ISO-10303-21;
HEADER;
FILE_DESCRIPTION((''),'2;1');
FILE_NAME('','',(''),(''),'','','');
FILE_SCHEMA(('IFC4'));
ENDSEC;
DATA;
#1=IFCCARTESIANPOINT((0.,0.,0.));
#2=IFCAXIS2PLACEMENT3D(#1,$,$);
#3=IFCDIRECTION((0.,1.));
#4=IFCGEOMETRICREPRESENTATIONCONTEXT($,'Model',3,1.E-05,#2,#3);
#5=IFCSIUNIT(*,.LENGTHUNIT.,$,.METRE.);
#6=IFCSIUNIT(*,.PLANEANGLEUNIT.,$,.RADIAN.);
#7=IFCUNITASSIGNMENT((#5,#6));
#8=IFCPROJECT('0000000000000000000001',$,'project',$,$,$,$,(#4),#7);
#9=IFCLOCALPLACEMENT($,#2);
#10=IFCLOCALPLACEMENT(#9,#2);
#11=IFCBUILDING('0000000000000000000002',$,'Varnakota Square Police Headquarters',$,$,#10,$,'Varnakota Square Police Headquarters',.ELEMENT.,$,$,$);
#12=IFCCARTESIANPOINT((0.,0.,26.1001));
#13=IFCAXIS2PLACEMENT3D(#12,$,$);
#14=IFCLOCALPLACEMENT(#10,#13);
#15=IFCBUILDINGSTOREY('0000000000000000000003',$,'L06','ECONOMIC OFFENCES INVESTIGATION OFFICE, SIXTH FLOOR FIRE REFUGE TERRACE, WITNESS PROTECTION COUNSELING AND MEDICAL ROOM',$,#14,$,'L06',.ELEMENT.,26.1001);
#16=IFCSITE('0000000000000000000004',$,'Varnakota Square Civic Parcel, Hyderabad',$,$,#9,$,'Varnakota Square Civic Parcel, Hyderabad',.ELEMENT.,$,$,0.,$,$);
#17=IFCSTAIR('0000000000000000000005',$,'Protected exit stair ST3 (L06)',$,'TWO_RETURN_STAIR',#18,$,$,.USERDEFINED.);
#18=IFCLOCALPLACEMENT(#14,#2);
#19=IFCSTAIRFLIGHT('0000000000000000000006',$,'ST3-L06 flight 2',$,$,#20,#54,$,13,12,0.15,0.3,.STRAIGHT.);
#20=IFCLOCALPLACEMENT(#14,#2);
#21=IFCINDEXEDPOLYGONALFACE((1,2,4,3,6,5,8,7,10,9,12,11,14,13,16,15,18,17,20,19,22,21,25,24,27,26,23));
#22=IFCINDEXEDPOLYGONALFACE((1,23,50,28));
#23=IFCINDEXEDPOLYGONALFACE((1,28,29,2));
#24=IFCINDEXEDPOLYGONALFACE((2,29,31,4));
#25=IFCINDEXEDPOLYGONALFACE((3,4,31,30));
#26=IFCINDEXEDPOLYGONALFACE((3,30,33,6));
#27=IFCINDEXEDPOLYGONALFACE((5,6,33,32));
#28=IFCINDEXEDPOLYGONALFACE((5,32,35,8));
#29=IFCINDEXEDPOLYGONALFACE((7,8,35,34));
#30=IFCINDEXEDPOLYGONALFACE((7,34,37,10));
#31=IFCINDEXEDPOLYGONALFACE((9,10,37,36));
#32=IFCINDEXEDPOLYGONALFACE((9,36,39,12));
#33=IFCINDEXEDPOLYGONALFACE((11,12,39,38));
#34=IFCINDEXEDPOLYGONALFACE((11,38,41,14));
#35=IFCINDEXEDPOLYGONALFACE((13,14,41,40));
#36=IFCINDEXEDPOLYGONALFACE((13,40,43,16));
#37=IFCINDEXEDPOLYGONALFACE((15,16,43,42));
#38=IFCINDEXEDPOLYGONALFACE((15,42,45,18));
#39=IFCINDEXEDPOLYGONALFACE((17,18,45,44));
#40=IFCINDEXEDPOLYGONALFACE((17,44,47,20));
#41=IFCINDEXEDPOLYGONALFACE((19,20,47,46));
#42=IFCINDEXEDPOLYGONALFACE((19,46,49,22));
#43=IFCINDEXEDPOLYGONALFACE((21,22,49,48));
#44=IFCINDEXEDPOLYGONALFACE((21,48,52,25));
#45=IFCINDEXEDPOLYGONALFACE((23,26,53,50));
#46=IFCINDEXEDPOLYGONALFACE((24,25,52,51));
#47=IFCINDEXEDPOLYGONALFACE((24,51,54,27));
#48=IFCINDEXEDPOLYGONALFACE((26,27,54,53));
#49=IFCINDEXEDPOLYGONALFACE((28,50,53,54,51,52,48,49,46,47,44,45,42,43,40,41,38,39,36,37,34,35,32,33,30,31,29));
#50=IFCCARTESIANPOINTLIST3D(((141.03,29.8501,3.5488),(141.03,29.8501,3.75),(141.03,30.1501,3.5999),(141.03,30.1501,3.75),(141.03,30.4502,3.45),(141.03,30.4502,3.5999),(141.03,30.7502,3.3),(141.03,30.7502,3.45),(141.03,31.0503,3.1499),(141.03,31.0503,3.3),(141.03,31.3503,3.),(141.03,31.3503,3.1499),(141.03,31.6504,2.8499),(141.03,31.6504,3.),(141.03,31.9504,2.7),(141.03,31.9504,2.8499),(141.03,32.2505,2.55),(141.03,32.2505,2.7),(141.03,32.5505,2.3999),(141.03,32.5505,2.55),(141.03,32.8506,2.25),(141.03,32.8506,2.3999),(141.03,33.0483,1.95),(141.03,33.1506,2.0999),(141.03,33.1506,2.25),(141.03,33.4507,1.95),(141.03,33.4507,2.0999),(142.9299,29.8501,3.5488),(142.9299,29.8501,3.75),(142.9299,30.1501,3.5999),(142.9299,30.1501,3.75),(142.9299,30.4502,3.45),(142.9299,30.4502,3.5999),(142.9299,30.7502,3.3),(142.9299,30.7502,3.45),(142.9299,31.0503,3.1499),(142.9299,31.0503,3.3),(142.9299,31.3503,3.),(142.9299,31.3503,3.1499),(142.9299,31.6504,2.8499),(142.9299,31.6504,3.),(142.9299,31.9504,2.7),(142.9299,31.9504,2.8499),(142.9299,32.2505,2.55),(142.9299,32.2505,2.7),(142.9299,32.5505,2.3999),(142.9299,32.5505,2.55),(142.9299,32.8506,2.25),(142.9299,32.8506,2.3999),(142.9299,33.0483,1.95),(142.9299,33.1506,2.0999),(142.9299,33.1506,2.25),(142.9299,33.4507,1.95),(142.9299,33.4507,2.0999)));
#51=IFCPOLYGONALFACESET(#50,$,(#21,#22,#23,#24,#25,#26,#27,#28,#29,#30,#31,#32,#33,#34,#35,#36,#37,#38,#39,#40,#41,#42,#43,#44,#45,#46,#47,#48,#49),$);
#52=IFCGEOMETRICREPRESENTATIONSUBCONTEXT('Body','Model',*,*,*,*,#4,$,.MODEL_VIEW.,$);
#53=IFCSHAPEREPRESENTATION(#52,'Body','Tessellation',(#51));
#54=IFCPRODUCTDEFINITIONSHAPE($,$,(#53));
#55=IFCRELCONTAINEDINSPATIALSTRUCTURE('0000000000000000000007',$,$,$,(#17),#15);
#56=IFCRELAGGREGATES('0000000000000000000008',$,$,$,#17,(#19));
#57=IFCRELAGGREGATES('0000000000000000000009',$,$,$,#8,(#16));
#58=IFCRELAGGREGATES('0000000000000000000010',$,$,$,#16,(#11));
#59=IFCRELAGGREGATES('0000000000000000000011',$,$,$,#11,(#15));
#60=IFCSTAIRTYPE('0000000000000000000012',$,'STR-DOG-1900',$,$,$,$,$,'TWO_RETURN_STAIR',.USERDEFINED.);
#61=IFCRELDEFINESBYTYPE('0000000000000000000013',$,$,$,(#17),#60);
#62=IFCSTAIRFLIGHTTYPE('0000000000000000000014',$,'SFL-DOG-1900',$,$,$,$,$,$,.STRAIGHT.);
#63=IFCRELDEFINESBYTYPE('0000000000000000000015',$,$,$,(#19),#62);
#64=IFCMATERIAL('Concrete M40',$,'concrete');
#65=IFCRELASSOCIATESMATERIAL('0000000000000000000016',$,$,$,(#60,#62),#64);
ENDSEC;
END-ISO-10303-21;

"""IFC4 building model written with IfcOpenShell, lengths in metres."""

from ifc_helpers import new_model, si_unit, direction, frame, origin, place, context, subcontext, project, spatial, polyline, outline, extrude, material, type_object, element, aggregate, save


model = new_model("IFC4")

# Units and contexts
model_context = context("Model", 3, precision=1e-05, world=origin(), true_north=direction((0.0, 1.0)))
body_context = subcontext(model_context, "Body", "Model", "MODEL_VIEW")
ifc_project = project(units=[si_unit("LENGTHUNIT", "METRE"), si_unit("PLANEANGLEUNIT", "RADIAN")], contexts=[model_context])

# Site, building, storey
site_placement = place(None, origin())
site = spatial("IfcSite", under=ifc_project, at=site_placement, Name="Varnakota Square Civic Parcel, Hyderabad", LongName="Varnakota Square Civic Parcel, Hyderabad", CompositionType="ELEMENT", RefElevation=0.0)
building_placement = place(site_placement, origin())
building = spatial("IfcBuilding", under=site, at=building_placement, Name="Varnakota Square Police Headquarters", LongName="Varnakota Square Police Headquarters", CompositionType="ELEMENT")
storey_placement = place(building_placement, frame((0.0, 0.0, 26.1001)))
storey = spatial("IfcBuildingStorey", under=building, at=storey_placement, Name="L06", Description="ECONOMIC OFFENCES INVESTIGATION OFFICE, SIXTH FLOOR FIRE REFUGE TERRACE, WITNESS PROTECTION COUNSELING AND MEDICAL ROOM", LongName="L06", CompositionType="ELEMENT", Elevation=26.1001)

# Shared definitions
ifc_material_1 = material(Name="Concrete M40", Category="concrete")

# Stair, stair flight
stair_type = type_object("IfcStairType", Name="STR-DOG-1900", ElementType="TWO_RETURN_STAIR", PredefinedType="USERDEFINED", material=ifc_material_1)
stair_placement = place(storey_placement, origin())
stair = element("IfcStair", 1, at=stair_placement, inside=storey, type_object=stair_type, Name="Protected exit stair ST3 (L06)", ObjectType="TWO_RETURN_STAIR", PredefinedType="USERDEFINED")
stair_flight_type = type_object("IfcStairFlightType", Name="SFL-DOG-1900", PredefinedType="STRAIGHT", material=ifc_material_1)
stair_flight_placement = place(storey_placement, frame((141.98, 33.4507, 1.95), z_axis=(0.0, 0.0, 1.0), x_axis=(0.0, -1.0, 0.0)))
stair_flight = element("IfcStairFlight", 2, at=stair_flight_placement, type_object=stair_flight_type, Name="ST3-L06 flight 2", NumberOfRisers=13, NumberOfTreads=12, PredefinedType="STRAIGHT", RiserHeight=0.15, TreadLength=0.3, context=body_context, shape_type="SweptSolid", body=[
    extrude(outline(polyline([(0.0, 0.0), (0.0, 0.1499), (0.3, 0.1499), (0.3, 0.3), (0.6001, 0.3), (0.6001, 0.45), (0.9001, 0.45), (0.9001, 0.6001), (1.2002, 0.6001), (1.2002, 0.75), (1.5002, 0.75), (1.5002, 0.8999), (1.8003, 0.8999), (1.8003, 1.05), (2.1003, 1.05), (2.1003, 1.2), (2.4004, 1.2), (2.4004, 1.3501), (2.7004, 1.3501), (2.7004, 1.5), (3.0005, 1.5), (3.0005, 1.6499), (3.3005, 1.6499), (3.3005, 1.8), (3.6006, 1.8), (3.6006, 1.95), (3.6006, 1.5989), (0.4023, 0.0), (0.0, 0.0)])), frame((0.0, 0.95, 0.0), z_axis=(0.0, -1.0, 0.0), x_axis=(1.0, 0.0, 0.0)), (0.0, 0.0, 1.0), 1.8999),
])
aggregate(stair, [stair_flight])

save(model, "model.ifc")
